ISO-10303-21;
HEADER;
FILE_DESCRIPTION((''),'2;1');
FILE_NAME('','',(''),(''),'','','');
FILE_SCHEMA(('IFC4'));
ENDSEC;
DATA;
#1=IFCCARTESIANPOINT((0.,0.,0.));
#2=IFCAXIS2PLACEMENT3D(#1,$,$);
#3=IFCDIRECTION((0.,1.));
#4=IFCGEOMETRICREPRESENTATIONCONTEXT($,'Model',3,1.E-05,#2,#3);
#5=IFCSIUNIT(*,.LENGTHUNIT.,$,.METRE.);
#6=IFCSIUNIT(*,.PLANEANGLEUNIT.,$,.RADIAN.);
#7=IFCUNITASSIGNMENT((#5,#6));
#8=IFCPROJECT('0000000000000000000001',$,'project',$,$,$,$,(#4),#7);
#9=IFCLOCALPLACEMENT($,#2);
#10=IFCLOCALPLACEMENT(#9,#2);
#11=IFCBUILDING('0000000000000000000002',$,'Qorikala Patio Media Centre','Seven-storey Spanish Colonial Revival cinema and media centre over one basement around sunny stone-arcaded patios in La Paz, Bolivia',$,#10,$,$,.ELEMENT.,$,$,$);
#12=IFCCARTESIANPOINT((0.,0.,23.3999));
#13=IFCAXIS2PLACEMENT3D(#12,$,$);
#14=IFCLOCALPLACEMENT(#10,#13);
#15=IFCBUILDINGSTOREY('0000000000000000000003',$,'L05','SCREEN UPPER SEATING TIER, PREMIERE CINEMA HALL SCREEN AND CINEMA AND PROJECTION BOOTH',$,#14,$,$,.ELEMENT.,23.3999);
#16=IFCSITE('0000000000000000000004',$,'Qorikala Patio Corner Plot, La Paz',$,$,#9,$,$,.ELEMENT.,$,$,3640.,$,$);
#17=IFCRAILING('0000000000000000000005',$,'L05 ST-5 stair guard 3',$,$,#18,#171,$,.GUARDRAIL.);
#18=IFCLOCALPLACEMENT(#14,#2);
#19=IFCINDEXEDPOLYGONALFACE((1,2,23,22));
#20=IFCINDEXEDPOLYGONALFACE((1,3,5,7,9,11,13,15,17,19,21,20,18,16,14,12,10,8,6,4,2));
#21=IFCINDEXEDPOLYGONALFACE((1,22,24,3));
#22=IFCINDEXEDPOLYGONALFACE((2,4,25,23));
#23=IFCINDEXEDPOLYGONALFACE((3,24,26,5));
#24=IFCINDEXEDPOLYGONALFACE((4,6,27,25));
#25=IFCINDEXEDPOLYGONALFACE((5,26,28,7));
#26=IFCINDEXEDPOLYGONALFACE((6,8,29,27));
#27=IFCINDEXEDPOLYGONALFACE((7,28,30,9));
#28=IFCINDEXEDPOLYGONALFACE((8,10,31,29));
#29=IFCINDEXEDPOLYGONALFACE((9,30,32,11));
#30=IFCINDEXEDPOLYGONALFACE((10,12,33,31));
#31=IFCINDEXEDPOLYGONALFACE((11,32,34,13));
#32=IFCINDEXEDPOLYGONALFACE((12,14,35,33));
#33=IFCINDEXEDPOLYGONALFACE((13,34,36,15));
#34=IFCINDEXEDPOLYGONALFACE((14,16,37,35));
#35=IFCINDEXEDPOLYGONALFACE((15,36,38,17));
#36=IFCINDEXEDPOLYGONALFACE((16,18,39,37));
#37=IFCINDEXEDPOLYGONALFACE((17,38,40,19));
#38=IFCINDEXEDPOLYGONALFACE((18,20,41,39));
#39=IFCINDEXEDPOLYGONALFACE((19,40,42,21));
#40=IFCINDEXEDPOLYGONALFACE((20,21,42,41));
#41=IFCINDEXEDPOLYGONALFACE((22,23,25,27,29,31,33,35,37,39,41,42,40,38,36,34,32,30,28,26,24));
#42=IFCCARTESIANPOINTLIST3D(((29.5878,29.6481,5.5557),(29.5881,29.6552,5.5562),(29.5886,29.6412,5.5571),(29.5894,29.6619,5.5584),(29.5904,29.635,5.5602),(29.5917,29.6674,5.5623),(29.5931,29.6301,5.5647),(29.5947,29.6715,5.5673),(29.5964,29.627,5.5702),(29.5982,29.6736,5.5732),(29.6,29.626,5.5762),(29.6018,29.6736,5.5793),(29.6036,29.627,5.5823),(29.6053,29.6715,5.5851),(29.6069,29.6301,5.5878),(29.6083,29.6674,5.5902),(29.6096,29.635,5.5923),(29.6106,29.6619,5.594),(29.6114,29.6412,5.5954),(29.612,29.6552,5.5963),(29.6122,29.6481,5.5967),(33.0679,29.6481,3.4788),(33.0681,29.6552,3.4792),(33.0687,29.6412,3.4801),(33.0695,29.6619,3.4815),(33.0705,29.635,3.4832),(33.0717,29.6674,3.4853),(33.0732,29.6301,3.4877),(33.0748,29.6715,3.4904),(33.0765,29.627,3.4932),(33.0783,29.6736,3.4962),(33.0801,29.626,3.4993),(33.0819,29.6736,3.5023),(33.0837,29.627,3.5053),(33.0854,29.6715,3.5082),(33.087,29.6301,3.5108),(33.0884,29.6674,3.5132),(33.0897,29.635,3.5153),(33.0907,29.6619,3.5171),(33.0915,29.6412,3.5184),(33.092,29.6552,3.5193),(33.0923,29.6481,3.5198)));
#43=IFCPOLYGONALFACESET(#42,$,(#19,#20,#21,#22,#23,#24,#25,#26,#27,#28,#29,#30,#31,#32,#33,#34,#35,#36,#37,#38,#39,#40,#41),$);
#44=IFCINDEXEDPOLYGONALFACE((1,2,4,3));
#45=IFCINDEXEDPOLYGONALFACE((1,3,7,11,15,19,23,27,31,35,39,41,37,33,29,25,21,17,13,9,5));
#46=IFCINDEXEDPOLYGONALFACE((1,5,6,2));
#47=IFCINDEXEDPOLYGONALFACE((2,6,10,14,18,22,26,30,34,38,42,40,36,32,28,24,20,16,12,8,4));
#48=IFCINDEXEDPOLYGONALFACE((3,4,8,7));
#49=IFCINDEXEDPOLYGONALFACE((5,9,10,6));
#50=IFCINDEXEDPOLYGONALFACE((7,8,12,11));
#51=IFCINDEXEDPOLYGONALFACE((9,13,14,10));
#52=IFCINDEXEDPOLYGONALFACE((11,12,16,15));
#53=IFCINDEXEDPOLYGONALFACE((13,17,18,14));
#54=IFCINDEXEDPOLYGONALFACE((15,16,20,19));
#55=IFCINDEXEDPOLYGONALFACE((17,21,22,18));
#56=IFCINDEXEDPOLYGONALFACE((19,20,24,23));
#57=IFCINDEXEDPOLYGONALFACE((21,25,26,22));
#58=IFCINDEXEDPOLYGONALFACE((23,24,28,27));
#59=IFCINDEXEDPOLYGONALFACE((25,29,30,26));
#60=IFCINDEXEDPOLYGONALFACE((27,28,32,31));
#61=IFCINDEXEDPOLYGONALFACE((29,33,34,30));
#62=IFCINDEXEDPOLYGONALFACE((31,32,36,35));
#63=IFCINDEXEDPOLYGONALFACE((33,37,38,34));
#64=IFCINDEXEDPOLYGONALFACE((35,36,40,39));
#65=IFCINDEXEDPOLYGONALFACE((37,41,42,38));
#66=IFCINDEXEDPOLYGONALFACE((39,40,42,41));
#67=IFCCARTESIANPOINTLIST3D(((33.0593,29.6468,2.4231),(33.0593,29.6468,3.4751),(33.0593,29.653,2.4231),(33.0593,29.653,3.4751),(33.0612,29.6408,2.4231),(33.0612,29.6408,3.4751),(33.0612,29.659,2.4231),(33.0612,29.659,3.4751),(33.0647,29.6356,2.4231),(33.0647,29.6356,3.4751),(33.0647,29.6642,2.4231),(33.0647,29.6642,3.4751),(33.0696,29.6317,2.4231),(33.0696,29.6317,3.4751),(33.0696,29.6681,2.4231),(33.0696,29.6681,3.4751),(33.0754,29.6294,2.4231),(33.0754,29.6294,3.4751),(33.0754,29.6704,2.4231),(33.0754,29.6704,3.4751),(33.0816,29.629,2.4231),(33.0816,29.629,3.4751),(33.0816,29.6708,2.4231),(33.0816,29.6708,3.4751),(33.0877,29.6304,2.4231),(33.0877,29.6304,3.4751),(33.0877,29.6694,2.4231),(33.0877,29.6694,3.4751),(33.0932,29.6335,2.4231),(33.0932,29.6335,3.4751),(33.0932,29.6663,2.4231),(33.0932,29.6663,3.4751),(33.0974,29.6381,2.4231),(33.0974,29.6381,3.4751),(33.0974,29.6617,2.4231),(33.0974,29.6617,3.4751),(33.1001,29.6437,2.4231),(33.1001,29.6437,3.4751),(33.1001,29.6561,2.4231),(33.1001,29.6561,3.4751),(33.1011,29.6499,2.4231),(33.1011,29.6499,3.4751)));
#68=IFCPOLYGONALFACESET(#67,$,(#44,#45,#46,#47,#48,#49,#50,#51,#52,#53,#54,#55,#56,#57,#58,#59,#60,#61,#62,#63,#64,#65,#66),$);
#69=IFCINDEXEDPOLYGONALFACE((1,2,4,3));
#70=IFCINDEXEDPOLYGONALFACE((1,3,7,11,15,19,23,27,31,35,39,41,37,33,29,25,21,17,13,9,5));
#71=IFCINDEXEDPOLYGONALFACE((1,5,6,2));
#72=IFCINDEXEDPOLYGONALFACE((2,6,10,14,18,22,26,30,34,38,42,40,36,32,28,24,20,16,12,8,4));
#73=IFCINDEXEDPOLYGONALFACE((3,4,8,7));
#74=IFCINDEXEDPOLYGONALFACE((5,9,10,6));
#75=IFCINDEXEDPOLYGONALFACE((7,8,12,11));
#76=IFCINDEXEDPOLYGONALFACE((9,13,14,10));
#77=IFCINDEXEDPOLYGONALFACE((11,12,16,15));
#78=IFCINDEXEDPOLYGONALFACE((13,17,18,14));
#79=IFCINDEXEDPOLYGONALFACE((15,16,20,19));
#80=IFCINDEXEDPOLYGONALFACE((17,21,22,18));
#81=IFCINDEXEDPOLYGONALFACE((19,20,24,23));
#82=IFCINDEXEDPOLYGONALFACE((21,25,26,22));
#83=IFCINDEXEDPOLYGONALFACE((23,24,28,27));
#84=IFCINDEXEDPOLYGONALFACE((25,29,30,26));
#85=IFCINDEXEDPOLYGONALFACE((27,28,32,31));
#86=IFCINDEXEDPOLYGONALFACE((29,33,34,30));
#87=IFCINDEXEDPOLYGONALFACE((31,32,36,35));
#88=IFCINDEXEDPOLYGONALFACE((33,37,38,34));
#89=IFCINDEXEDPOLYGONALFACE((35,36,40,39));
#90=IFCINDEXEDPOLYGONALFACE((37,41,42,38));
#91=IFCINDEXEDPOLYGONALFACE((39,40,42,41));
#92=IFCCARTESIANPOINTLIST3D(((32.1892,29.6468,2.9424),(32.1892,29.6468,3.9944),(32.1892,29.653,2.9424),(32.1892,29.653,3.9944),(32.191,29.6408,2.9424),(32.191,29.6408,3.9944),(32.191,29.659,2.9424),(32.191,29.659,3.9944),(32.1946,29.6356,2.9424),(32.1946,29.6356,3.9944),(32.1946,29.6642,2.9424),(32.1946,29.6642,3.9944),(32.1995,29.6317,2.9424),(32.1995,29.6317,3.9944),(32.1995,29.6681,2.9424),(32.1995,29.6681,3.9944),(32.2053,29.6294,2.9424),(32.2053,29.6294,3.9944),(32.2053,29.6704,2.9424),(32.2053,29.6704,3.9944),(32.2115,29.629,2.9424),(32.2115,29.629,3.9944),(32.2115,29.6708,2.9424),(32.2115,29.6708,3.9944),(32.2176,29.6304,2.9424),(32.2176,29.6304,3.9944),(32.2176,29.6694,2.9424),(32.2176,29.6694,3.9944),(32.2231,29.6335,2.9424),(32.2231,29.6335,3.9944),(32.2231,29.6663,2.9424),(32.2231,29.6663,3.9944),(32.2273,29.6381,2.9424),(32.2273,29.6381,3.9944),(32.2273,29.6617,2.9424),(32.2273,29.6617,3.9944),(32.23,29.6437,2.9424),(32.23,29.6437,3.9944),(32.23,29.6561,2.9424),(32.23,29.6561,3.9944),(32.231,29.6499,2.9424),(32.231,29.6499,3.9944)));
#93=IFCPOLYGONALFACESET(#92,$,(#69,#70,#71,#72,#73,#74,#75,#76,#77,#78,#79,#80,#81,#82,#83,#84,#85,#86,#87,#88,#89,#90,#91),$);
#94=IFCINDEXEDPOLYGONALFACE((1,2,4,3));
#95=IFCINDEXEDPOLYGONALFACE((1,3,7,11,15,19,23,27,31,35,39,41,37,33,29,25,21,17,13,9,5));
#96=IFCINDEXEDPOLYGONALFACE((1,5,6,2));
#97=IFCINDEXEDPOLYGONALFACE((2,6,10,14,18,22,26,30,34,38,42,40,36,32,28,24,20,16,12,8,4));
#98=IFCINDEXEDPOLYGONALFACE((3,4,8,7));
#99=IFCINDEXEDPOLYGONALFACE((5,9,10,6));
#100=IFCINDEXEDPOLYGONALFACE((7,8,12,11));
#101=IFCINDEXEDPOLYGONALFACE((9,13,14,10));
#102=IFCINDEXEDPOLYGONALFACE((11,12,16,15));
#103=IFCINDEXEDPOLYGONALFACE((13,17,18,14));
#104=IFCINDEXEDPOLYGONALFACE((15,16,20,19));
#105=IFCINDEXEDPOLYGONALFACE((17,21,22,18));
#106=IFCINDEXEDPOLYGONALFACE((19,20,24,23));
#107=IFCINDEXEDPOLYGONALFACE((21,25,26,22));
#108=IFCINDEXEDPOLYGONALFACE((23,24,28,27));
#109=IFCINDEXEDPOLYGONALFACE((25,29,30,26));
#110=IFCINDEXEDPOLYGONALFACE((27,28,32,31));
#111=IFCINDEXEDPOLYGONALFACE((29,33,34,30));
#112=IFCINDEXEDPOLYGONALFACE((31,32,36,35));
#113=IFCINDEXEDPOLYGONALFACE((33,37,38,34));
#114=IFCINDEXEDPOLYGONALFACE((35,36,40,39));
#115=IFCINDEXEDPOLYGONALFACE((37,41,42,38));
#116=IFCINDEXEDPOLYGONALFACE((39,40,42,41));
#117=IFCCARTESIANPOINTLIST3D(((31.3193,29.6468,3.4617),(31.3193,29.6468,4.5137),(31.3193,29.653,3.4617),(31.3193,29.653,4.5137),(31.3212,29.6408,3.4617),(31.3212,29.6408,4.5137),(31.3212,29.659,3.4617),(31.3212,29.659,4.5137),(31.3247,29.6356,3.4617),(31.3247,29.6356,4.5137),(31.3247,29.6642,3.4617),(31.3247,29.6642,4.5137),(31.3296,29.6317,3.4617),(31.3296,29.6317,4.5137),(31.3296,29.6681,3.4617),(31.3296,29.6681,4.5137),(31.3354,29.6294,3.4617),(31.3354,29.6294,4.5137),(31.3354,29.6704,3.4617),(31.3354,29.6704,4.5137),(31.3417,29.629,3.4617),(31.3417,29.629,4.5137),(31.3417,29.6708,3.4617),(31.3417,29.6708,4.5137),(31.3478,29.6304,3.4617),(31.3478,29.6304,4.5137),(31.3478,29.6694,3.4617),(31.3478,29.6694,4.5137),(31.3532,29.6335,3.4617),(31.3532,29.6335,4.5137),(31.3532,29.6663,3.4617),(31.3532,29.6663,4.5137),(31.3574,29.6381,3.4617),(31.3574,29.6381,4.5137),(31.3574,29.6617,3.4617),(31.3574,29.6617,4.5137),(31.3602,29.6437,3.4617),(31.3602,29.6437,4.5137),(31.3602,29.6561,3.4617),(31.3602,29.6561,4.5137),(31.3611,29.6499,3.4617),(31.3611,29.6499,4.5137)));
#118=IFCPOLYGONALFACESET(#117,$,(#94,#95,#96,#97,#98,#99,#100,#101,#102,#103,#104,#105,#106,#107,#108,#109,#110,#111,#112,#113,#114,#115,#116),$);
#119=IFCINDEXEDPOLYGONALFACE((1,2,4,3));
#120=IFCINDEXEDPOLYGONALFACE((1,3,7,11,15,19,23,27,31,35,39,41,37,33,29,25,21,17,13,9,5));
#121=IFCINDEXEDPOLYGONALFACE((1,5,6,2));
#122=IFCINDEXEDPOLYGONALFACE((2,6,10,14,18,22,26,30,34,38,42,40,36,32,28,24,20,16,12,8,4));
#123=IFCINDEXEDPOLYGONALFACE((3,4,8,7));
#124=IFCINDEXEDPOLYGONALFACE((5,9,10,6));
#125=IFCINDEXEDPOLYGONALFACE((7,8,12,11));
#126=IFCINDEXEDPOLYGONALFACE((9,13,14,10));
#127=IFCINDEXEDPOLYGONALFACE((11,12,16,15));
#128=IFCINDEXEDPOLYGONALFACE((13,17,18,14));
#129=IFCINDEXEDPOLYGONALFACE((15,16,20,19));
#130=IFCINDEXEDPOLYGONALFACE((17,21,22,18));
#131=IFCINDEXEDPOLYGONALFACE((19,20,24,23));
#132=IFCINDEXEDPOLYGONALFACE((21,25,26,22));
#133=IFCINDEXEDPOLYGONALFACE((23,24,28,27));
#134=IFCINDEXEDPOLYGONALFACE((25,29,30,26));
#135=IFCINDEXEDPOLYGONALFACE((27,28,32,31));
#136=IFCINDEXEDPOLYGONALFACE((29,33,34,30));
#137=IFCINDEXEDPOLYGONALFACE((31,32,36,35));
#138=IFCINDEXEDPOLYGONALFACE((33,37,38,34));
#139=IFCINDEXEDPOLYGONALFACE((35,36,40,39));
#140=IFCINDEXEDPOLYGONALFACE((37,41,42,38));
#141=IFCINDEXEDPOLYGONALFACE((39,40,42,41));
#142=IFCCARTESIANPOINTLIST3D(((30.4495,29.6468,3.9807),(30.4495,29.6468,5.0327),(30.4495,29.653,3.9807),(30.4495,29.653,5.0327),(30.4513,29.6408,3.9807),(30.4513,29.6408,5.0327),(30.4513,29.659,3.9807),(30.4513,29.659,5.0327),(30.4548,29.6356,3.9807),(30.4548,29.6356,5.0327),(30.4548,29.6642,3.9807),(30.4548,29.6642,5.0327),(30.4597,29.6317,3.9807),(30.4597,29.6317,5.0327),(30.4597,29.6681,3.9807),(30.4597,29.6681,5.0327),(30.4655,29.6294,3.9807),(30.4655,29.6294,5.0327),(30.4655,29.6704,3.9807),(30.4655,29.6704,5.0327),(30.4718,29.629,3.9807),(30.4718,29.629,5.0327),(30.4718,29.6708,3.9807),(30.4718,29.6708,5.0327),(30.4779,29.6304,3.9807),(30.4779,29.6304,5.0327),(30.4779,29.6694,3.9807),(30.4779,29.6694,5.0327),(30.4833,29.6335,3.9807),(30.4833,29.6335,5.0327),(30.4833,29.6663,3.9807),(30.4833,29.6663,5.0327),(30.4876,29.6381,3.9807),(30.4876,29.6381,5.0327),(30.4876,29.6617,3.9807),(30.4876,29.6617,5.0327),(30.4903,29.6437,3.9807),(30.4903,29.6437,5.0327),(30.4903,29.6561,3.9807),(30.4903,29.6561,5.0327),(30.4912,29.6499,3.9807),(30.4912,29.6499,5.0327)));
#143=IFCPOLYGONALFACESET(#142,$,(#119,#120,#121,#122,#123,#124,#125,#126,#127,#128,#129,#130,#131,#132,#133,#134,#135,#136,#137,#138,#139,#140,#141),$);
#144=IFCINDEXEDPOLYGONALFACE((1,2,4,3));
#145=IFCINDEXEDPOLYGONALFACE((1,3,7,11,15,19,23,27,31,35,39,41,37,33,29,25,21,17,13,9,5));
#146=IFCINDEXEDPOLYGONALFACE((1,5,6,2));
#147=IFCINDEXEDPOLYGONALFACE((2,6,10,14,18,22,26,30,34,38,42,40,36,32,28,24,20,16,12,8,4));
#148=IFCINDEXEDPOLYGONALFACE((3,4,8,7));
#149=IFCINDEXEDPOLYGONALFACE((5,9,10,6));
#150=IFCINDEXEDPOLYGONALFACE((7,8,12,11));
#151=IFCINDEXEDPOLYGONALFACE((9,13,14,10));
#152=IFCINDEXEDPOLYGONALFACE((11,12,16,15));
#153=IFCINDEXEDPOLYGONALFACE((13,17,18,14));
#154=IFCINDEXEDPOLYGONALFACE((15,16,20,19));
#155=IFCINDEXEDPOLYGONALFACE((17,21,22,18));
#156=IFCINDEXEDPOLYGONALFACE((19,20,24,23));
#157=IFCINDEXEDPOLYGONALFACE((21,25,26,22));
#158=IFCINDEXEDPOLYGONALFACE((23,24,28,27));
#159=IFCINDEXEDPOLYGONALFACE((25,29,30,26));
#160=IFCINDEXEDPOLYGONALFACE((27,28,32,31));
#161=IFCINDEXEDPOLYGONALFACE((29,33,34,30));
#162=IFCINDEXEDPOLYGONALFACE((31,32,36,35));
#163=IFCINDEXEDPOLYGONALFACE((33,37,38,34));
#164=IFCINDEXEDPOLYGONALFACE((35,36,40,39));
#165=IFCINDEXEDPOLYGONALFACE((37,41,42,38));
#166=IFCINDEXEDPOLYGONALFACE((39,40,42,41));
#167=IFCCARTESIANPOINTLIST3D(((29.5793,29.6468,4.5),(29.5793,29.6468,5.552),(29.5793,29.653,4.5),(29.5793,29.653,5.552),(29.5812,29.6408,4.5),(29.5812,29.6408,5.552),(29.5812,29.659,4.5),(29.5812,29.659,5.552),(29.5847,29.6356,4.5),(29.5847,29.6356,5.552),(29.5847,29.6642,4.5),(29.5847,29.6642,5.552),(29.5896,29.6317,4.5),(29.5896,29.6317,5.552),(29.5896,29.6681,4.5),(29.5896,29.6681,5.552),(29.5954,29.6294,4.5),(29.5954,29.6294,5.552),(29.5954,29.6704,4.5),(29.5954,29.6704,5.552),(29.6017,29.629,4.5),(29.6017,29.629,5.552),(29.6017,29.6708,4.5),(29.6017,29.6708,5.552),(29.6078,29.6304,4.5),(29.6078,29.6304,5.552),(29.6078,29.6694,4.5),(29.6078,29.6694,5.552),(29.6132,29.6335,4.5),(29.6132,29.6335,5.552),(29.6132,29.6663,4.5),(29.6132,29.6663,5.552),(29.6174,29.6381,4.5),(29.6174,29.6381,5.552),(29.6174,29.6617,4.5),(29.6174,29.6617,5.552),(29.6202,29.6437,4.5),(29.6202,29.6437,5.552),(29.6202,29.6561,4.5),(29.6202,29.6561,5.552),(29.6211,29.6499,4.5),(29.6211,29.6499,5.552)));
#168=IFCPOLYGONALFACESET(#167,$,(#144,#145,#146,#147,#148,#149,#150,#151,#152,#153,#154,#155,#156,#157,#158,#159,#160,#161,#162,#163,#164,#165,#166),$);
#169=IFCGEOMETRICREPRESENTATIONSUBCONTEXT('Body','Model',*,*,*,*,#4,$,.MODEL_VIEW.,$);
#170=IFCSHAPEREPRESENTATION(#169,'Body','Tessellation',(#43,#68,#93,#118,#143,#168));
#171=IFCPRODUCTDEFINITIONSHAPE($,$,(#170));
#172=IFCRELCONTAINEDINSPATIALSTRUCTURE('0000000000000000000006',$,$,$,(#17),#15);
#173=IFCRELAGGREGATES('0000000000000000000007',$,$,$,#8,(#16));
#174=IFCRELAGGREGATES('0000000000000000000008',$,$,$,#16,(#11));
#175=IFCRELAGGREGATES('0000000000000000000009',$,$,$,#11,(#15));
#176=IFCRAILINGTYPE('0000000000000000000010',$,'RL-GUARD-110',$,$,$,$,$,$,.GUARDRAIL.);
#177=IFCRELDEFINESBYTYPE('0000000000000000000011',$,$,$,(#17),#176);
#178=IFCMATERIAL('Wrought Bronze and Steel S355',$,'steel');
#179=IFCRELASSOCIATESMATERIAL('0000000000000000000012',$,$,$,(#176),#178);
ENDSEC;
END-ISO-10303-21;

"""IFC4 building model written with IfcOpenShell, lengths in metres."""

from ifc_helpers import new_model, si_unit, direction, frame, origin, origin_2d, place, context, subcontext, project, spatial, circle, extrude, material, type_object, element, save


model = new_model("IFC4")

# Units and contexts
model_context = context("Model", 3, precision=1e-05, world=origin(), true_north=direction((0.0, 1.0)))
body_context = subcontext(model_context, "Body", "Model", "MODEL_VIEW")
ifc_project = project(units=[si_unit("LENGTHUNIT", "METRE"), si_unit("PLANEANGLEUNIT", "RADIAN")], contexts=[model_context])

# Site, building, storey
site_placement = place(None, origin())
site = spatial("IfcSite", under=ifc_project, at=site_placement, Name="Qorikala Patio Corner Plot, La Paz", CompositionType="ELEMENT", RefElevation=3640.0)
building_placement = place(site_placement, origin())
building = spatial("IfcBuilding", under=site, at=building_placement, Name="Qorikala Patio Media Centre", Description="Seven-storey Spanish Colonial Revival cinema and media centre over one basement around sunny stone-arcaded patios in La Paz, Bolivia", CompositionType="ELEMENT")
storey_placement = place(building_placement, frame((0.0, 0.0, 23.3999)))
storey = spatial("IfcBuildingStorey", under=building, at=storey_placement, Name="L05", Description="SCREEN UPPER SEATING TIER, PREMIERE CINEMA HALL SCREEN AND CINEMA AND PROJECTION BOOTH", CompositionType="ELEMENT", Elevation=23.3999)

# Railing
ifc_material_1 = material(Name="Wrought Bronze and Steel S355", Category="steel")
railing_type_1 = type_object("IfcRailingType", Name="RL-GUARD-110", PredefinedType="GUARDRAIL", material=ifc_material_1)
railing_1_placement = place(storey_placement, frame((33.0801, 29.6499, 2.4231)))
element("IfcRailing", 1, at=railing_1_placement, inside=storey, type_object=railing_type_1, Name="L05 ST-5 stair guard 3", PredefinedType="GUARDRAIL", context=body_context, shape_type="SweptSolid", body=[
    extrude(circle(Radius=0.0239, at=origin_2d()), frame((0.0, 0.0, 1.0762), z_axis=(-0.858697, 0.0, 0.512483), x_axis=(0.0, -1.0, 0.0)), (0.0, 0.0, 1.0), 4.0527),
    extrude(circle(Radius=0.021, at=origin_2d()), origin(), (0.0, 0.0, 1.0), 1.052),
    extrude(circle(Radius=0.021, at=origin_2d()), frame((-0.8701, 0.0, 0.5193)), (0.0, 0.0, 1.0), 1.052),
    extrude(circle(Radius=0.021, at=origin_2d()), frame((-1.74, 0.0, 1.0386)), (0.0, 0.0, 1.0), 1.052),
    extrude(circle(Radius=0.021, at=origin_2d()), frame((-2.6099, 0.0, 1.5576)), (0.0, 0.0, 1.0), 1.052),
    extrude(circle(Radius=0.021, at=origin_2d()), frame((-3.48, 0.0, 2.0769)), (0.0, 0.0, 1.0), 1.052),
])

save(model, "model.ifc")
